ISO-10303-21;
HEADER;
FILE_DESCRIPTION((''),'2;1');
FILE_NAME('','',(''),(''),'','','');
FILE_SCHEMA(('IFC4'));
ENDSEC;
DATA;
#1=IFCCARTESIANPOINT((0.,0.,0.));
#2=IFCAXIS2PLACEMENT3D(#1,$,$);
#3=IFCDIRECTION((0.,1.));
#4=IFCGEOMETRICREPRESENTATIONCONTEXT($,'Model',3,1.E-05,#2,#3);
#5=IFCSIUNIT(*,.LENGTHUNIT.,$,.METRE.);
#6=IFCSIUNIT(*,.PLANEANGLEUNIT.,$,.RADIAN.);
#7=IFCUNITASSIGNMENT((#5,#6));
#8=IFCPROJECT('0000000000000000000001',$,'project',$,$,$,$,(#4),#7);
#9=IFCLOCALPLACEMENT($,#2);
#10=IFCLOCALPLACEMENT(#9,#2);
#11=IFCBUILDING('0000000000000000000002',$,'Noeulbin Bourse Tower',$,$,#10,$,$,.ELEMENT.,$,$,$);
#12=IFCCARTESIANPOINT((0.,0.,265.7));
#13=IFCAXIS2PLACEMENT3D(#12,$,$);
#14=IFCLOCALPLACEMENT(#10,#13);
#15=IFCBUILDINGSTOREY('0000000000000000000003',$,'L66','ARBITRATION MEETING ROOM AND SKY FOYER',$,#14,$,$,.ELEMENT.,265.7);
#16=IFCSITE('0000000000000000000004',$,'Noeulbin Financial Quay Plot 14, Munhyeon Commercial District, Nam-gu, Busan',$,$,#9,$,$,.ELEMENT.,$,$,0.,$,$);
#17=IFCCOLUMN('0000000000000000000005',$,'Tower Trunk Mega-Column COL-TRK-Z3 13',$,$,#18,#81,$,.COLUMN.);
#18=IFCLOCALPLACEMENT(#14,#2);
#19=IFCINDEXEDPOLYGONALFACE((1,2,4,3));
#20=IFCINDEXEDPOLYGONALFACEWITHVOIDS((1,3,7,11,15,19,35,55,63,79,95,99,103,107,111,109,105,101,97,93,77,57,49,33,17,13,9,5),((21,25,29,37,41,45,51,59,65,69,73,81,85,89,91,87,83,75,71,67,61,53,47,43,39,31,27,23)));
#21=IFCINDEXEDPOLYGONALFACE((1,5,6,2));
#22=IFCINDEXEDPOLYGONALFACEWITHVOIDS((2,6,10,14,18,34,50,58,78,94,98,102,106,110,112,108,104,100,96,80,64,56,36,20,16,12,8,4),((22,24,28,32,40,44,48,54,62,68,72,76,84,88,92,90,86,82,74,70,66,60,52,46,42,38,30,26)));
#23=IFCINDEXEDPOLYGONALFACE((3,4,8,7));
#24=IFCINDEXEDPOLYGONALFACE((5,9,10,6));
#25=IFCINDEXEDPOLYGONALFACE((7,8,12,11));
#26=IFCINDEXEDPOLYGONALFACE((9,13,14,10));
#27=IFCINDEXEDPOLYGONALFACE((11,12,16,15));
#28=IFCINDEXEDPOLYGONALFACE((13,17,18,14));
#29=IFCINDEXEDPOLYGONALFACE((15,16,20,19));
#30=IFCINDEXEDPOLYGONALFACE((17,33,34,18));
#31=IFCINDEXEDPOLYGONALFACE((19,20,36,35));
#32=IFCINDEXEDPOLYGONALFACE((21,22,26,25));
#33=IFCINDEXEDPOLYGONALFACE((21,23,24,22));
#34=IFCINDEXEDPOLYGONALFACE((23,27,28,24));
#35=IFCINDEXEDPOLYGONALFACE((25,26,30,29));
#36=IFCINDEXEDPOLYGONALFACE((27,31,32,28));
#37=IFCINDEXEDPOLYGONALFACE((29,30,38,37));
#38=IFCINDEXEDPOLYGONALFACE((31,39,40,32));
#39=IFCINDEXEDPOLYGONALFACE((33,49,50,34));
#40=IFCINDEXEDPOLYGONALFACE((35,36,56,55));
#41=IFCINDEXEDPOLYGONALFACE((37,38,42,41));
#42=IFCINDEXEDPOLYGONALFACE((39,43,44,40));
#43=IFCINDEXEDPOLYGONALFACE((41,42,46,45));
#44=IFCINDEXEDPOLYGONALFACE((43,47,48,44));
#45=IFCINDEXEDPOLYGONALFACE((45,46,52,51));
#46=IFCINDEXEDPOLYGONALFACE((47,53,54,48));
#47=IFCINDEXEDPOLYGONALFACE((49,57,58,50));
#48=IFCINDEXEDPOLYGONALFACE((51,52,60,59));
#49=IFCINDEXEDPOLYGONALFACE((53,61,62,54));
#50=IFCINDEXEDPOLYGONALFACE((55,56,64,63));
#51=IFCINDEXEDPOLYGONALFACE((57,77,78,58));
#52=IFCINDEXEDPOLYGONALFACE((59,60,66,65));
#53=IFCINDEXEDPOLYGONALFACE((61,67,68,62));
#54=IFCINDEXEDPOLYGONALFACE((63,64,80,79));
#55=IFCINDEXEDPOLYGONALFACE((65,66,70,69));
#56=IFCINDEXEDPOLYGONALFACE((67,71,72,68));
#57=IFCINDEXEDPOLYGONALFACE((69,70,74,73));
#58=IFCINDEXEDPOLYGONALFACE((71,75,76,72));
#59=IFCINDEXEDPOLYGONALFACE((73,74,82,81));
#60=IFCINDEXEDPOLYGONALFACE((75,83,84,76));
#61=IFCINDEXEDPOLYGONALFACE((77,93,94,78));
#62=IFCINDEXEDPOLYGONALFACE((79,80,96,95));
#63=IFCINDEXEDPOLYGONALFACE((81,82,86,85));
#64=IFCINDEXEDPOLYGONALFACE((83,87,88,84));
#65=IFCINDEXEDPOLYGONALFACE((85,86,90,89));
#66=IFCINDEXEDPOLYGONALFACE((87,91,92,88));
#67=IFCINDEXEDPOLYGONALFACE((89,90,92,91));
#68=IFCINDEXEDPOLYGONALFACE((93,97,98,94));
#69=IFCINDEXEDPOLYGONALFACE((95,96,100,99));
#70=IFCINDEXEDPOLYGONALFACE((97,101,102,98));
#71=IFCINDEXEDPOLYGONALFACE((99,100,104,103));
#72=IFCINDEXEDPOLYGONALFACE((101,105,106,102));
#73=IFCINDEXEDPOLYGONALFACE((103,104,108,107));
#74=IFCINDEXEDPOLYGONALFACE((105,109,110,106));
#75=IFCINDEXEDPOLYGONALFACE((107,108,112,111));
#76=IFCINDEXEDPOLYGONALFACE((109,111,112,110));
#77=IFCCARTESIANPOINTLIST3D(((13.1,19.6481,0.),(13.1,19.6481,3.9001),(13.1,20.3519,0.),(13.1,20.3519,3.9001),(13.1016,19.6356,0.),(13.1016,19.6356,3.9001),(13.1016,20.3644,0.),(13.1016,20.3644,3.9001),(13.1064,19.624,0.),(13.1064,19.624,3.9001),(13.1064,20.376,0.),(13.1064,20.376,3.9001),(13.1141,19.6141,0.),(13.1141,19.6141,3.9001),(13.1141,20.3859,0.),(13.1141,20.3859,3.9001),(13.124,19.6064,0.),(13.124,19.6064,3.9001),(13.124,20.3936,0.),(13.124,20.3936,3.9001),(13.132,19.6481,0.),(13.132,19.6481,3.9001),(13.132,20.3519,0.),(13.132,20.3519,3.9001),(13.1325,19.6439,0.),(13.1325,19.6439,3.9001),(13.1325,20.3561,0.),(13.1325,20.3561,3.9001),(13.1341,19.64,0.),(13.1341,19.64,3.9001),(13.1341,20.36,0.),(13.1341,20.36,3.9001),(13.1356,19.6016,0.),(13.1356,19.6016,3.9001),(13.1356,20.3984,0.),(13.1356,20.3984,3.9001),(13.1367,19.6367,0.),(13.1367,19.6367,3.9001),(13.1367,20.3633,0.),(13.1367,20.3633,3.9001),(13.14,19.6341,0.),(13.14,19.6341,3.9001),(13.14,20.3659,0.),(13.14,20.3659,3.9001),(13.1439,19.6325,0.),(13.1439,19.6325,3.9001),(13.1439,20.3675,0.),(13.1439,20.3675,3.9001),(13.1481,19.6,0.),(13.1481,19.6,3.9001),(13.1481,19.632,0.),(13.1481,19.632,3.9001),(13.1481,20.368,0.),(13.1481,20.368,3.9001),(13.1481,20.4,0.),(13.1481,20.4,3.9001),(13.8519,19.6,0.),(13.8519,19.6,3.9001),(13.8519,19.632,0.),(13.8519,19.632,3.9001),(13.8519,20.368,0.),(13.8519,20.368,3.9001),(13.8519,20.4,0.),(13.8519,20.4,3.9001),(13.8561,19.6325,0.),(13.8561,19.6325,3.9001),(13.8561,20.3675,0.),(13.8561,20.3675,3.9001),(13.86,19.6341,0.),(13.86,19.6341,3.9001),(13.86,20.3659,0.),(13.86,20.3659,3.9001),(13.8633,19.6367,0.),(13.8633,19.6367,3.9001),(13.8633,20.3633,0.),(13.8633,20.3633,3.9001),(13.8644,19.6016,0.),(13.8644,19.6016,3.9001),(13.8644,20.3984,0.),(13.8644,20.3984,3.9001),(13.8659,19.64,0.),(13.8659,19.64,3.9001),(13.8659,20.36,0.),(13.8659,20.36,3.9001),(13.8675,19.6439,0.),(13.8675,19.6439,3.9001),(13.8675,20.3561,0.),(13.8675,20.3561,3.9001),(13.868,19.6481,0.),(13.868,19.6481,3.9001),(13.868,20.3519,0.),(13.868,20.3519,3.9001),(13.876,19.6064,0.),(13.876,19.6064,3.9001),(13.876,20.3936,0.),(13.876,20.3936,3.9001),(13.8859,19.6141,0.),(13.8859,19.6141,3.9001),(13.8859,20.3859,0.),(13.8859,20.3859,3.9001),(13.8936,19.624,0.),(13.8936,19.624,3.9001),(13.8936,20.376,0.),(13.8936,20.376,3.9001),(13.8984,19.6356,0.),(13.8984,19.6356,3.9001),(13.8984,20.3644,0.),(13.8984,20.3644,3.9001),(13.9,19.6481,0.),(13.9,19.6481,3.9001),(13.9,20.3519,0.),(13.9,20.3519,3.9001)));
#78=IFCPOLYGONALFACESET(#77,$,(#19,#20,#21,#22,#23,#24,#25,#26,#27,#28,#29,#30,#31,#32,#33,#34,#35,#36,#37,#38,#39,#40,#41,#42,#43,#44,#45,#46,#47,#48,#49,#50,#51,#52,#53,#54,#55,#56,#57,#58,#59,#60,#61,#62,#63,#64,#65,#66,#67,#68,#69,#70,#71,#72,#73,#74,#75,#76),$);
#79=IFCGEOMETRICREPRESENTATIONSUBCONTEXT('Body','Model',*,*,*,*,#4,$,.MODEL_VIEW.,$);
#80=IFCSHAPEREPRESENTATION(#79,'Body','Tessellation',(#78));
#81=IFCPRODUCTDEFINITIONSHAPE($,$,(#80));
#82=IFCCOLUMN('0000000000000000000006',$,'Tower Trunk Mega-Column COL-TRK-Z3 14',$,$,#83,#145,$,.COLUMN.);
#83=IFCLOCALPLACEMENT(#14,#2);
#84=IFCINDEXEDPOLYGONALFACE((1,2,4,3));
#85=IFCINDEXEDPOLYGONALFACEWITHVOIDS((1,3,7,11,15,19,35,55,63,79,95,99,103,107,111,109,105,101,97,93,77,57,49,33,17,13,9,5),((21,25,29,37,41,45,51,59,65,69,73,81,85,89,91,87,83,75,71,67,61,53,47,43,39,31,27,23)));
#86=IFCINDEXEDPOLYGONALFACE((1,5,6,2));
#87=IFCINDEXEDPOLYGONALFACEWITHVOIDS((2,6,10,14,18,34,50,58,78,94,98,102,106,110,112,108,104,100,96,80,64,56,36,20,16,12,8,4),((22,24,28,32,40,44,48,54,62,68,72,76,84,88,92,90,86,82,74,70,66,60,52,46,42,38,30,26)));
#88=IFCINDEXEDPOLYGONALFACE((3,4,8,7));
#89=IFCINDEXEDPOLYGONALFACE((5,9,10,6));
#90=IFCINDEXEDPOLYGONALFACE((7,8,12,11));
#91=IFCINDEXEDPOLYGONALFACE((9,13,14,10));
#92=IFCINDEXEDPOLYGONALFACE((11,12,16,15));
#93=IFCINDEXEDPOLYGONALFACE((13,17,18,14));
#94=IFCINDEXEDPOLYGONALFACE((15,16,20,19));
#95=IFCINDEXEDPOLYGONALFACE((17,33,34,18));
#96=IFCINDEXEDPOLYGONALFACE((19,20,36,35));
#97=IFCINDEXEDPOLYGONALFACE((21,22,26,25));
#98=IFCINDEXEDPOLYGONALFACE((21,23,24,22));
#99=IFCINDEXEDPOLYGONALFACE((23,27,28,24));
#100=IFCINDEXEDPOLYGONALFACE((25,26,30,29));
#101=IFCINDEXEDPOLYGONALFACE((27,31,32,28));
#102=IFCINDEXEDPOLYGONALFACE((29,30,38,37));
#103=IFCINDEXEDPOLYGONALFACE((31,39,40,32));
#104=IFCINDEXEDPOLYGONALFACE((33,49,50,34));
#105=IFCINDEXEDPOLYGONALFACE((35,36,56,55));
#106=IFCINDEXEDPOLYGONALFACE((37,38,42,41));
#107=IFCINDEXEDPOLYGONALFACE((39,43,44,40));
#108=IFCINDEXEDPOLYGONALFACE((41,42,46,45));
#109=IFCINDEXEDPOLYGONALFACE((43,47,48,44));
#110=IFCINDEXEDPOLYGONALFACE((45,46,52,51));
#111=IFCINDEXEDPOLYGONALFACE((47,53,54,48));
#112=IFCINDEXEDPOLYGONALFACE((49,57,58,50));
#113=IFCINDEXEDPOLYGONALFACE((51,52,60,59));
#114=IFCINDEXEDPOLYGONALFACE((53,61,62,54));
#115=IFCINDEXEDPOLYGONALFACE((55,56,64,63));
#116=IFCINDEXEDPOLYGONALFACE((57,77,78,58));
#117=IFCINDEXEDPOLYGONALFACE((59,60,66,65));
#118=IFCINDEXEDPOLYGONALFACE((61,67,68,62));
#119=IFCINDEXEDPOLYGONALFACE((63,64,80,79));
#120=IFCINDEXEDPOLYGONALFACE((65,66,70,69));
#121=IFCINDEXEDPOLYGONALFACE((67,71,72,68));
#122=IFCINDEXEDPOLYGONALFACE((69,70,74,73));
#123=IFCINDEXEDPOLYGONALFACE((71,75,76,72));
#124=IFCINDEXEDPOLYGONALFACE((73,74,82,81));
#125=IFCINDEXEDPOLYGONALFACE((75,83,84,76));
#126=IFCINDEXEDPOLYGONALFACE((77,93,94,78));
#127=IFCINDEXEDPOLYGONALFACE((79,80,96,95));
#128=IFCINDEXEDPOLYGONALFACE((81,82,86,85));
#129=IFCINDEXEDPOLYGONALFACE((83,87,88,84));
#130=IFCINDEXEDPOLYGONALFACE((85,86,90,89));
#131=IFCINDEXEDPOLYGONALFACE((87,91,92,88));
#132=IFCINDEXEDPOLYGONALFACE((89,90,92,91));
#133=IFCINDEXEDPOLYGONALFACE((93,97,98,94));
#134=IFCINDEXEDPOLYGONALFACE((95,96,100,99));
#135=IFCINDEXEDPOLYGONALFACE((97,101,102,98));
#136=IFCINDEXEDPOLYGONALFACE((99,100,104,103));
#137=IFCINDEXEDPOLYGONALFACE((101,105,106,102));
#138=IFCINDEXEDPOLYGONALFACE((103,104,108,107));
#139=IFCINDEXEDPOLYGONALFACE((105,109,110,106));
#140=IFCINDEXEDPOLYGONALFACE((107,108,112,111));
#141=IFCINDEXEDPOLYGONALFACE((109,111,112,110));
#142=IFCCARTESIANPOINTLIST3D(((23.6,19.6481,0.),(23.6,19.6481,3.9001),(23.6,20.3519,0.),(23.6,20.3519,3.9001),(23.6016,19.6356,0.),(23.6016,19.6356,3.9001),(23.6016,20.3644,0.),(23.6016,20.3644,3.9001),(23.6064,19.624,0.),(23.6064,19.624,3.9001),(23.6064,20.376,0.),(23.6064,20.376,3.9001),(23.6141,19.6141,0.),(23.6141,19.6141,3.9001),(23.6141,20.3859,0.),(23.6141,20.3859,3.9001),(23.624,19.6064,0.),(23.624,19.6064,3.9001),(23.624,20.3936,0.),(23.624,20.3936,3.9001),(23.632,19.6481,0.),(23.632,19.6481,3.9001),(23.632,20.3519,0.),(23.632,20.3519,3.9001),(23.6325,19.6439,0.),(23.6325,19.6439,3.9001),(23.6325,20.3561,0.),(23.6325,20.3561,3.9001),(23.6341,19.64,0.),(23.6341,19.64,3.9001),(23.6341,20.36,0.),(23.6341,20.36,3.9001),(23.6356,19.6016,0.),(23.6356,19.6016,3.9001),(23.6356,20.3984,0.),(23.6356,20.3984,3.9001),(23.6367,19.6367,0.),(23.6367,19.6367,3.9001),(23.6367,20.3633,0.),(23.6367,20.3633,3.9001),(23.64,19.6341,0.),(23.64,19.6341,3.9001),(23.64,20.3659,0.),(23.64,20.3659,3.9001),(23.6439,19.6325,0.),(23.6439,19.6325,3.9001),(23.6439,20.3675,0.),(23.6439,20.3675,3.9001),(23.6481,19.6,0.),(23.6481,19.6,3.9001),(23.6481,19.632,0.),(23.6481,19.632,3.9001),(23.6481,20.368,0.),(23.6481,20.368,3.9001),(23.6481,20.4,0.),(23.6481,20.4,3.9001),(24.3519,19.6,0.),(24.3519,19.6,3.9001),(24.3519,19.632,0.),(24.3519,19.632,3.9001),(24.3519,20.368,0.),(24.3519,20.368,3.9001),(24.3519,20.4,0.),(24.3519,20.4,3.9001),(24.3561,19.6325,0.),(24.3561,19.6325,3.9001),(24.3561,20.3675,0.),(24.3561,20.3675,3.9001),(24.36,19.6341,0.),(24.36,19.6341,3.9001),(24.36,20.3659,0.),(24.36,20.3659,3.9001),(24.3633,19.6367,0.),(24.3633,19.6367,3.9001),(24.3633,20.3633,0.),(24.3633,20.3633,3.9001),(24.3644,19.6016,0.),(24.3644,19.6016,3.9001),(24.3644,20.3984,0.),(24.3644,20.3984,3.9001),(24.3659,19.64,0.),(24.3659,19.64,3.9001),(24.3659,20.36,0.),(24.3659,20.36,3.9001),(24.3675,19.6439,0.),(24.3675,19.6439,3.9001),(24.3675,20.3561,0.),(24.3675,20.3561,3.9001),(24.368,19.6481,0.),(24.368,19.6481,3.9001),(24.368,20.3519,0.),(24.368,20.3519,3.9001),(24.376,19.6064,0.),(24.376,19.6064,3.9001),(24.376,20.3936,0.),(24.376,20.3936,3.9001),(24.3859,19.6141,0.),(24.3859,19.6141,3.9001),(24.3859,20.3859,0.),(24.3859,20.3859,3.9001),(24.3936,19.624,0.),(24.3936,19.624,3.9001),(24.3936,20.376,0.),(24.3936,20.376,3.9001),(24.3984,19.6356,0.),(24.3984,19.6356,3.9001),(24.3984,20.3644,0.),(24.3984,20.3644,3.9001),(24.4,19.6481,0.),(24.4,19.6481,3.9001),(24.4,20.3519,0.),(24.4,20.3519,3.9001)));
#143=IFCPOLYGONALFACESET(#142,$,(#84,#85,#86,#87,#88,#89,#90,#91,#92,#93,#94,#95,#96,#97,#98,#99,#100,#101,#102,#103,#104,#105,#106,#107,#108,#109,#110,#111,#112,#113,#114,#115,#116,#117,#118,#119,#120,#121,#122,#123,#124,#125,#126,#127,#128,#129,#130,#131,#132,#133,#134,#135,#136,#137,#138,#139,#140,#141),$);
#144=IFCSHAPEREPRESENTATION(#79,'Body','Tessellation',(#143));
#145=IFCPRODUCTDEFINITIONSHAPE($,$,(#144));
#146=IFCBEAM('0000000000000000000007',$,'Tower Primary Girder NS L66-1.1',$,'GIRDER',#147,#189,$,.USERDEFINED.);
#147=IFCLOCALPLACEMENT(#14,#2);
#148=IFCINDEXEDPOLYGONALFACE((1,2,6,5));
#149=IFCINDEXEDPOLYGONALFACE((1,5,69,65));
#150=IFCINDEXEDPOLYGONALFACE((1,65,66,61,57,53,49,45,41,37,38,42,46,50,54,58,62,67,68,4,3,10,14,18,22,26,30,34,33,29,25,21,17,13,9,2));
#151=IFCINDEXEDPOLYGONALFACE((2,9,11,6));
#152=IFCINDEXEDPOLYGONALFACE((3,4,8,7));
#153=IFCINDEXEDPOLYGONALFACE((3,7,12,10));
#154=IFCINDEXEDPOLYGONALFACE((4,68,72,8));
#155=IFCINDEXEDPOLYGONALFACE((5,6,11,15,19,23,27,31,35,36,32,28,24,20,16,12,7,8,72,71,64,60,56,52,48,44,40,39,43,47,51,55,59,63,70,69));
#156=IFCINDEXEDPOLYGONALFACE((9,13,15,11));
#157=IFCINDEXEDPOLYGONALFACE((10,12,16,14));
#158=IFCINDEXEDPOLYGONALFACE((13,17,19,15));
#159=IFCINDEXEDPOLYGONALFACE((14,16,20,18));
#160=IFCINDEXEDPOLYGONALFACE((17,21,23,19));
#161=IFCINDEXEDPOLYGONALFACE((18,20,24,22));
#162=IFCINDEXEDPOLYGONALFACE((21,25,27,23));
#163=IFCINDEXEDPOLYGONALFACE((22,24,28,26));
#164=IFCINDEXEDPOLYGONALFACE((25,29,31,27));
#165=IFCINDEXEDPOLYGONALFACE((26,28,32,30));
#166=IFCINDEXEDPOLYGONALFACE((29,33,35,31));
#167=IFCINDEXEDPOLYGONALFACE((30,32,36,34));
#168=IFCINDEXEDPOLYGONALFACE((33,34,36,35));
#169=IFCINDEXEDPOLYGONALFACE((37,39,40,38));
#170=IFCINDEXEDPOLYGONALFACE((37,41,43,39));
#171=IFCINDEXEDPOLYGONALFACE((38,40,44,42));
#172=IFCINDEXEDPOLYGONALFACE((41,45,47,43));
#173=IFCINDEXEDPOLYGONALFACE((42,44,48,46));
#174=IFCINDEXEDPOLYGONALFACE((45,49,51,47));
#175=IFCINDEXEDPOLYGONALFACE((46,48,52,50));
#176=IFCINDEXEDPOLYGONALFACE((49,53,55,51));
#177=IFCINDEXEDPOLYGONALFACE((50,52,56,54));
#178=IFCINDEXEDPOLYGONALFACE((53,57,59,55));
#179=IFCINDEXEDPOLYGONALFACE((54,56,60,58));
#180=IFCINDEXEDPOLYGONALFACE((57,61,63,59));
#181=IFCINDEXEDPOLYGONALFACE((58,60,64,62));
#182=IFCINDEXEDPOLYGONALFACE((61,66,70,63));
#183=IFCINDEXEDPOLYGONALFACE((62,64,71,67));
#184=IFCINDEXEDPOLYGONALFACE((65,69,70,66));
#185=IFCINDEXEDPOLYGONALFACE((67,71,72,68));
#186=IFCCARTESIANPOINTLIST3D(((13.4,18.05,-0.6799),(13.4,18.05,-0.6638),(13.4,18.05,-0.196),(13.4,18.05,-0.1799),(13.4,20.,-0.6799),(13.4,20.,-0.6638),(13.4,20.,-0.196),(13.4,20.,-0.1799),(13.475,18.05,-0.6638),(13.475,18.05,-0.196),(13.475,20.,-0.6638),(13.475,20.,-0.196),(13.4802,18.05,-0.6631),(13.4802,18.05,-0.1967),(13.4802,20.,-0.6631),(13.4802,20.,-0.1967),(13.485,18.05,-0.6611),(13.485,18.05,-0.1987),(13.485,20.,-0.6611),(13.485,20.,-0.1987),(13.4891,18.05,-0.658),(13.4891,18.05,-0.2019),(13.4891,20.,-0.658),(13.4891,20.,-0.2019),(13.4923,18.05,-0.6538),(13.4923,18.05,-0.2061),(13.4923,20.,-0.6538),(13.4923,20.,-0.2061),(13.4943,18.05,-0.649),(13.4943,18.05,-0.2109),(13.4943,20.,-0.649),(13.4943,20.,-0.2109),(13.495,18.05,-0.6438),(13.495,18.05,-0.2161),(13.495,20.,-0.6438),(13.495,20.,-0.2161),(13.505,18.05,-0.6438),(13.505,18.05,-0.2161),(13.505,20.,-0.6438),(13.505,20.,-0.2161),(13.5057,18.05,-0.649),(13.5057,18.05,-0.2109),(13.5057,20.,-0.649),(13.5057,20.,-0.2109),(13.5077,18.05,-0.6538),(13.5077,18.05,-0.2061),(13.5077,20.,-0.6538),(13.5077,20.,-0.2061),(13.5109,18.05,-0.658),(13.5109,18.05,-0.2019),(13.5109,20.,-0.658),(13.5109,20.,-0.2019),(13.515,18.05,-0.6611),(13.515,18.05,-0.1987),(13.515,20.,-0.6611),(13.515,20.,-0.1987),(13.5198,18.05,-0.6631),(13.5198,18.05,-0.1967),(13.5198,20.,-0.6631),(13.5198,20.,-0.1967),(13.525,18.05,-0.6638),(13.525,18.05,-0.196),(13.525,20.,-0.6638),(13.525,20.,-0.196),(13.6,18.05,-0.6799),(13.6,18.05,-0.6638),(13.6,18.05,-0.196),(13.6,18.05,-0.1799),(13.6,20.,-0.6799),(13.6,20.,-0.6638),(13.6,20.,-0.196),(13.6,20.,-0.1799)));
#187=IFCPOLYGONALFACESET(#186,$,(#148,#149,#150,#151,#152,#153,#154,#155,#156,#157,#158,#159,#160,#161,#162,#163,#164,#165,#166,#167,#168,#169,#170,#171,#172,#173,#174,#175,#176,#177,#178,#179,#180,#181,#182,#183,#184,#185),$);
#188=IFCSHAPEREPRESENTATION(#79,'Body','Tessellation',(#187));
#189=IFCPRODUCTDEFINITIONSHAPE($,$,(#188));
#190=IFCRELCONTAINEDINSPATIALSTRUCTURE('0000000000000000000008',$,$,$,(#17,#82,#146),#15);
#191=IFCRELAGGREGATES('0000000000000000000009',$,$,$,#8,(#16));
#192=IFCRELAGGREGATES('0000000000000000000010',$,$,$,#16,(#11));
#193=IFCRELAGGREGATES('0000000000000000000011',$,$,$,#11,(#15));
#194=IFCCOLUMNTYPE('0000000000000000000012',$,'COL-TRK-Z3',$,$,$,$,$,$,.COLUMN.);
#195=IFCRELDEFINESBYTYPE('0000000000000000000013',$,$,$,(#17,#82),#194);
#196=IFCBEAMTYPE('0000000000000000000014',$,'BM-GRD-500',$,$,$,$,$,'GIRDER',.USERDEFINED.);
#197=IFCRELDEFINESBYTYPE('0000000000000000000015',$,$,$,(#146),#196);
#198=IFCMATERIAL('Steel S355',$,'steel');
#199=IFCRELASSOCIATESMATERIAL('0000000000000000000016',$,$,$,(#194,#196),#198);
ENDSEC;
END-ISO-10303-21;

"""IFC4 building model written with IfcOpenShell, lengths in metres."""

from ifc_helpers import new_model, si_unit, direction, frame, origin, origin_2d, place, context, subcontext, project, spatial, hollow_rectangle, i_section, extrude, material, material_profile, profile_set, type_object, element, save


model = new_model("IFC4")

# Units and contexts
model_context = context("Model", 3, precision=1e-05, world=origin(), true_north=direction((0.0, 1.0)))
body_context = subcontext(model_context, "Body", "Model", "MODEL_VIEW")
ifc_project = project(units=[si_unit("LENGTHUNIT", "METRE"), si_unit("PLANEANGLEUNIT", "RADIAN")], contexts=[model_context])

# Site, building, storey
site_placement = place(None, origin())
site = spatial("IfcSite", under=ifc_project, at=site_placement, Name="Noeulbin Financial Quay Plot 14, Munhyeon Commercial District, Nam-gu, Busan", CompositionType="ELEMENT", RefElevation=0.0)
building_placement = place(site_placement, origin())
building = spatial("IfcBuilding", under=site, at=building_placement, Name="Noeulbin Bourse Tower", CompositionType="ELEMENT")
storey_placement = place(building_placement, frame((0.0, 0.0, 265.7)))
storey = spatial("IfcBuildingStorey", under=building, at=storey_placement, Name="L66", Description="ARBITRATION MEETING ROOM AND SKY FOYER", CompositionType="ELEMENT", Elevation=265.7)

# Columns
ifc_material_1 = material(Name="Steel S355", Category="steel")
ifc_material_profile_1 = material_profile(ifc_material_1, hollow_rectangle(XDim=0.8, YDim=0.8, WallThickness=0.032, InnerFilletRadius=0.0161, OuterFilletRadius=0.0481, at=origin_2d()), Name="BOX-800x800x32", Category="LoadBearing")
ifc_profile_set_1 = profile_set([ifc_material_profile_1], Name="Steel S355")
column_type = type_object("IfcColumnType", Name="COL-TRK-Z3", PredefinedType="COLUMN", material=ifc_profile_set_1)
for number, where, z_axis, x_axis, name in (
    (1, (13.5, 20.0, 0.0), (0.0, 0.0, 1.0), (1.0, 0.0, 0.0), "Tower Trunk Mega-Column COL-TRK-Z3 13"),
    (2, (24.0, 20.0, 0.0), (0.0, 0.0, 1.0), (1.0, 0.0, 0.0), "Tower Trunk Mega-Column COL-TRK-Z3 14"),
):
    element("IfcColumn", number, at=place(storey_placement, frame(where, z_axis=z_axis, x_axis=x_axis)), inside=storey, type_object=column_type, Name=name, PredefinedType="COLUMN", context=body_context, shape_type="SweptSolid", body=[
        extrude(hollow_rectangle(XDim=0.8, YDim=0.8, WallThickness=0.032, InnerFilletRadius=0.0161, OuterFilletRadius=0.0481, at=origin_2d()), origin(), (0.0, 0.0, 1.0), 3.9001),
    ])

# Beam
ifc_material_profile_2 = material_profile(ifc_material_1, i_section(OverallWidth=0.2, OverallDepth=0.5, WebThickness=0.01, FlangeThickness=0.0161, FilletRadius=0.02, at=origin_2d()), Name="H-500x200x10x16", Category="LoadBearing")
ifc_profile_set_2 = profile_set([ifc_material_profile_2], Name="Steel S355")
beam_type_1 = type_object("IfcBeamType", Name="BM-GRD-500", ElementType="GIRDER", PredefinedType="USERDEFINED", material=ifc_profile_set_2)
beam_1_placement = place(storey_placement, frame((13.5, 18.05, -0.4299), z_axis=(0.0, 1.0, 0.0), x_axis=(-1.0, 0.0, 0.0)))
element("IfcBeam", 3, at=beam_1_placement, inside=storey, type_object=beam_type_1, Name="Tower Primary Girder NS L66-1.1", ObjectType="GIRDER", PredefinedType="USERDEFINED", context=body_context, shape_type="SweptSolid", body=[
    extrude(i_section(OverallWidth=0.2, OverallDepth=0.5, WebThickness=0.01, FlangeThickness=0.0161, FilletRadius=0.02, at=origin_2d()), origin(), (0.0, 0.0, 1.0), 1.95),
])

save(model, "model.ifc")
